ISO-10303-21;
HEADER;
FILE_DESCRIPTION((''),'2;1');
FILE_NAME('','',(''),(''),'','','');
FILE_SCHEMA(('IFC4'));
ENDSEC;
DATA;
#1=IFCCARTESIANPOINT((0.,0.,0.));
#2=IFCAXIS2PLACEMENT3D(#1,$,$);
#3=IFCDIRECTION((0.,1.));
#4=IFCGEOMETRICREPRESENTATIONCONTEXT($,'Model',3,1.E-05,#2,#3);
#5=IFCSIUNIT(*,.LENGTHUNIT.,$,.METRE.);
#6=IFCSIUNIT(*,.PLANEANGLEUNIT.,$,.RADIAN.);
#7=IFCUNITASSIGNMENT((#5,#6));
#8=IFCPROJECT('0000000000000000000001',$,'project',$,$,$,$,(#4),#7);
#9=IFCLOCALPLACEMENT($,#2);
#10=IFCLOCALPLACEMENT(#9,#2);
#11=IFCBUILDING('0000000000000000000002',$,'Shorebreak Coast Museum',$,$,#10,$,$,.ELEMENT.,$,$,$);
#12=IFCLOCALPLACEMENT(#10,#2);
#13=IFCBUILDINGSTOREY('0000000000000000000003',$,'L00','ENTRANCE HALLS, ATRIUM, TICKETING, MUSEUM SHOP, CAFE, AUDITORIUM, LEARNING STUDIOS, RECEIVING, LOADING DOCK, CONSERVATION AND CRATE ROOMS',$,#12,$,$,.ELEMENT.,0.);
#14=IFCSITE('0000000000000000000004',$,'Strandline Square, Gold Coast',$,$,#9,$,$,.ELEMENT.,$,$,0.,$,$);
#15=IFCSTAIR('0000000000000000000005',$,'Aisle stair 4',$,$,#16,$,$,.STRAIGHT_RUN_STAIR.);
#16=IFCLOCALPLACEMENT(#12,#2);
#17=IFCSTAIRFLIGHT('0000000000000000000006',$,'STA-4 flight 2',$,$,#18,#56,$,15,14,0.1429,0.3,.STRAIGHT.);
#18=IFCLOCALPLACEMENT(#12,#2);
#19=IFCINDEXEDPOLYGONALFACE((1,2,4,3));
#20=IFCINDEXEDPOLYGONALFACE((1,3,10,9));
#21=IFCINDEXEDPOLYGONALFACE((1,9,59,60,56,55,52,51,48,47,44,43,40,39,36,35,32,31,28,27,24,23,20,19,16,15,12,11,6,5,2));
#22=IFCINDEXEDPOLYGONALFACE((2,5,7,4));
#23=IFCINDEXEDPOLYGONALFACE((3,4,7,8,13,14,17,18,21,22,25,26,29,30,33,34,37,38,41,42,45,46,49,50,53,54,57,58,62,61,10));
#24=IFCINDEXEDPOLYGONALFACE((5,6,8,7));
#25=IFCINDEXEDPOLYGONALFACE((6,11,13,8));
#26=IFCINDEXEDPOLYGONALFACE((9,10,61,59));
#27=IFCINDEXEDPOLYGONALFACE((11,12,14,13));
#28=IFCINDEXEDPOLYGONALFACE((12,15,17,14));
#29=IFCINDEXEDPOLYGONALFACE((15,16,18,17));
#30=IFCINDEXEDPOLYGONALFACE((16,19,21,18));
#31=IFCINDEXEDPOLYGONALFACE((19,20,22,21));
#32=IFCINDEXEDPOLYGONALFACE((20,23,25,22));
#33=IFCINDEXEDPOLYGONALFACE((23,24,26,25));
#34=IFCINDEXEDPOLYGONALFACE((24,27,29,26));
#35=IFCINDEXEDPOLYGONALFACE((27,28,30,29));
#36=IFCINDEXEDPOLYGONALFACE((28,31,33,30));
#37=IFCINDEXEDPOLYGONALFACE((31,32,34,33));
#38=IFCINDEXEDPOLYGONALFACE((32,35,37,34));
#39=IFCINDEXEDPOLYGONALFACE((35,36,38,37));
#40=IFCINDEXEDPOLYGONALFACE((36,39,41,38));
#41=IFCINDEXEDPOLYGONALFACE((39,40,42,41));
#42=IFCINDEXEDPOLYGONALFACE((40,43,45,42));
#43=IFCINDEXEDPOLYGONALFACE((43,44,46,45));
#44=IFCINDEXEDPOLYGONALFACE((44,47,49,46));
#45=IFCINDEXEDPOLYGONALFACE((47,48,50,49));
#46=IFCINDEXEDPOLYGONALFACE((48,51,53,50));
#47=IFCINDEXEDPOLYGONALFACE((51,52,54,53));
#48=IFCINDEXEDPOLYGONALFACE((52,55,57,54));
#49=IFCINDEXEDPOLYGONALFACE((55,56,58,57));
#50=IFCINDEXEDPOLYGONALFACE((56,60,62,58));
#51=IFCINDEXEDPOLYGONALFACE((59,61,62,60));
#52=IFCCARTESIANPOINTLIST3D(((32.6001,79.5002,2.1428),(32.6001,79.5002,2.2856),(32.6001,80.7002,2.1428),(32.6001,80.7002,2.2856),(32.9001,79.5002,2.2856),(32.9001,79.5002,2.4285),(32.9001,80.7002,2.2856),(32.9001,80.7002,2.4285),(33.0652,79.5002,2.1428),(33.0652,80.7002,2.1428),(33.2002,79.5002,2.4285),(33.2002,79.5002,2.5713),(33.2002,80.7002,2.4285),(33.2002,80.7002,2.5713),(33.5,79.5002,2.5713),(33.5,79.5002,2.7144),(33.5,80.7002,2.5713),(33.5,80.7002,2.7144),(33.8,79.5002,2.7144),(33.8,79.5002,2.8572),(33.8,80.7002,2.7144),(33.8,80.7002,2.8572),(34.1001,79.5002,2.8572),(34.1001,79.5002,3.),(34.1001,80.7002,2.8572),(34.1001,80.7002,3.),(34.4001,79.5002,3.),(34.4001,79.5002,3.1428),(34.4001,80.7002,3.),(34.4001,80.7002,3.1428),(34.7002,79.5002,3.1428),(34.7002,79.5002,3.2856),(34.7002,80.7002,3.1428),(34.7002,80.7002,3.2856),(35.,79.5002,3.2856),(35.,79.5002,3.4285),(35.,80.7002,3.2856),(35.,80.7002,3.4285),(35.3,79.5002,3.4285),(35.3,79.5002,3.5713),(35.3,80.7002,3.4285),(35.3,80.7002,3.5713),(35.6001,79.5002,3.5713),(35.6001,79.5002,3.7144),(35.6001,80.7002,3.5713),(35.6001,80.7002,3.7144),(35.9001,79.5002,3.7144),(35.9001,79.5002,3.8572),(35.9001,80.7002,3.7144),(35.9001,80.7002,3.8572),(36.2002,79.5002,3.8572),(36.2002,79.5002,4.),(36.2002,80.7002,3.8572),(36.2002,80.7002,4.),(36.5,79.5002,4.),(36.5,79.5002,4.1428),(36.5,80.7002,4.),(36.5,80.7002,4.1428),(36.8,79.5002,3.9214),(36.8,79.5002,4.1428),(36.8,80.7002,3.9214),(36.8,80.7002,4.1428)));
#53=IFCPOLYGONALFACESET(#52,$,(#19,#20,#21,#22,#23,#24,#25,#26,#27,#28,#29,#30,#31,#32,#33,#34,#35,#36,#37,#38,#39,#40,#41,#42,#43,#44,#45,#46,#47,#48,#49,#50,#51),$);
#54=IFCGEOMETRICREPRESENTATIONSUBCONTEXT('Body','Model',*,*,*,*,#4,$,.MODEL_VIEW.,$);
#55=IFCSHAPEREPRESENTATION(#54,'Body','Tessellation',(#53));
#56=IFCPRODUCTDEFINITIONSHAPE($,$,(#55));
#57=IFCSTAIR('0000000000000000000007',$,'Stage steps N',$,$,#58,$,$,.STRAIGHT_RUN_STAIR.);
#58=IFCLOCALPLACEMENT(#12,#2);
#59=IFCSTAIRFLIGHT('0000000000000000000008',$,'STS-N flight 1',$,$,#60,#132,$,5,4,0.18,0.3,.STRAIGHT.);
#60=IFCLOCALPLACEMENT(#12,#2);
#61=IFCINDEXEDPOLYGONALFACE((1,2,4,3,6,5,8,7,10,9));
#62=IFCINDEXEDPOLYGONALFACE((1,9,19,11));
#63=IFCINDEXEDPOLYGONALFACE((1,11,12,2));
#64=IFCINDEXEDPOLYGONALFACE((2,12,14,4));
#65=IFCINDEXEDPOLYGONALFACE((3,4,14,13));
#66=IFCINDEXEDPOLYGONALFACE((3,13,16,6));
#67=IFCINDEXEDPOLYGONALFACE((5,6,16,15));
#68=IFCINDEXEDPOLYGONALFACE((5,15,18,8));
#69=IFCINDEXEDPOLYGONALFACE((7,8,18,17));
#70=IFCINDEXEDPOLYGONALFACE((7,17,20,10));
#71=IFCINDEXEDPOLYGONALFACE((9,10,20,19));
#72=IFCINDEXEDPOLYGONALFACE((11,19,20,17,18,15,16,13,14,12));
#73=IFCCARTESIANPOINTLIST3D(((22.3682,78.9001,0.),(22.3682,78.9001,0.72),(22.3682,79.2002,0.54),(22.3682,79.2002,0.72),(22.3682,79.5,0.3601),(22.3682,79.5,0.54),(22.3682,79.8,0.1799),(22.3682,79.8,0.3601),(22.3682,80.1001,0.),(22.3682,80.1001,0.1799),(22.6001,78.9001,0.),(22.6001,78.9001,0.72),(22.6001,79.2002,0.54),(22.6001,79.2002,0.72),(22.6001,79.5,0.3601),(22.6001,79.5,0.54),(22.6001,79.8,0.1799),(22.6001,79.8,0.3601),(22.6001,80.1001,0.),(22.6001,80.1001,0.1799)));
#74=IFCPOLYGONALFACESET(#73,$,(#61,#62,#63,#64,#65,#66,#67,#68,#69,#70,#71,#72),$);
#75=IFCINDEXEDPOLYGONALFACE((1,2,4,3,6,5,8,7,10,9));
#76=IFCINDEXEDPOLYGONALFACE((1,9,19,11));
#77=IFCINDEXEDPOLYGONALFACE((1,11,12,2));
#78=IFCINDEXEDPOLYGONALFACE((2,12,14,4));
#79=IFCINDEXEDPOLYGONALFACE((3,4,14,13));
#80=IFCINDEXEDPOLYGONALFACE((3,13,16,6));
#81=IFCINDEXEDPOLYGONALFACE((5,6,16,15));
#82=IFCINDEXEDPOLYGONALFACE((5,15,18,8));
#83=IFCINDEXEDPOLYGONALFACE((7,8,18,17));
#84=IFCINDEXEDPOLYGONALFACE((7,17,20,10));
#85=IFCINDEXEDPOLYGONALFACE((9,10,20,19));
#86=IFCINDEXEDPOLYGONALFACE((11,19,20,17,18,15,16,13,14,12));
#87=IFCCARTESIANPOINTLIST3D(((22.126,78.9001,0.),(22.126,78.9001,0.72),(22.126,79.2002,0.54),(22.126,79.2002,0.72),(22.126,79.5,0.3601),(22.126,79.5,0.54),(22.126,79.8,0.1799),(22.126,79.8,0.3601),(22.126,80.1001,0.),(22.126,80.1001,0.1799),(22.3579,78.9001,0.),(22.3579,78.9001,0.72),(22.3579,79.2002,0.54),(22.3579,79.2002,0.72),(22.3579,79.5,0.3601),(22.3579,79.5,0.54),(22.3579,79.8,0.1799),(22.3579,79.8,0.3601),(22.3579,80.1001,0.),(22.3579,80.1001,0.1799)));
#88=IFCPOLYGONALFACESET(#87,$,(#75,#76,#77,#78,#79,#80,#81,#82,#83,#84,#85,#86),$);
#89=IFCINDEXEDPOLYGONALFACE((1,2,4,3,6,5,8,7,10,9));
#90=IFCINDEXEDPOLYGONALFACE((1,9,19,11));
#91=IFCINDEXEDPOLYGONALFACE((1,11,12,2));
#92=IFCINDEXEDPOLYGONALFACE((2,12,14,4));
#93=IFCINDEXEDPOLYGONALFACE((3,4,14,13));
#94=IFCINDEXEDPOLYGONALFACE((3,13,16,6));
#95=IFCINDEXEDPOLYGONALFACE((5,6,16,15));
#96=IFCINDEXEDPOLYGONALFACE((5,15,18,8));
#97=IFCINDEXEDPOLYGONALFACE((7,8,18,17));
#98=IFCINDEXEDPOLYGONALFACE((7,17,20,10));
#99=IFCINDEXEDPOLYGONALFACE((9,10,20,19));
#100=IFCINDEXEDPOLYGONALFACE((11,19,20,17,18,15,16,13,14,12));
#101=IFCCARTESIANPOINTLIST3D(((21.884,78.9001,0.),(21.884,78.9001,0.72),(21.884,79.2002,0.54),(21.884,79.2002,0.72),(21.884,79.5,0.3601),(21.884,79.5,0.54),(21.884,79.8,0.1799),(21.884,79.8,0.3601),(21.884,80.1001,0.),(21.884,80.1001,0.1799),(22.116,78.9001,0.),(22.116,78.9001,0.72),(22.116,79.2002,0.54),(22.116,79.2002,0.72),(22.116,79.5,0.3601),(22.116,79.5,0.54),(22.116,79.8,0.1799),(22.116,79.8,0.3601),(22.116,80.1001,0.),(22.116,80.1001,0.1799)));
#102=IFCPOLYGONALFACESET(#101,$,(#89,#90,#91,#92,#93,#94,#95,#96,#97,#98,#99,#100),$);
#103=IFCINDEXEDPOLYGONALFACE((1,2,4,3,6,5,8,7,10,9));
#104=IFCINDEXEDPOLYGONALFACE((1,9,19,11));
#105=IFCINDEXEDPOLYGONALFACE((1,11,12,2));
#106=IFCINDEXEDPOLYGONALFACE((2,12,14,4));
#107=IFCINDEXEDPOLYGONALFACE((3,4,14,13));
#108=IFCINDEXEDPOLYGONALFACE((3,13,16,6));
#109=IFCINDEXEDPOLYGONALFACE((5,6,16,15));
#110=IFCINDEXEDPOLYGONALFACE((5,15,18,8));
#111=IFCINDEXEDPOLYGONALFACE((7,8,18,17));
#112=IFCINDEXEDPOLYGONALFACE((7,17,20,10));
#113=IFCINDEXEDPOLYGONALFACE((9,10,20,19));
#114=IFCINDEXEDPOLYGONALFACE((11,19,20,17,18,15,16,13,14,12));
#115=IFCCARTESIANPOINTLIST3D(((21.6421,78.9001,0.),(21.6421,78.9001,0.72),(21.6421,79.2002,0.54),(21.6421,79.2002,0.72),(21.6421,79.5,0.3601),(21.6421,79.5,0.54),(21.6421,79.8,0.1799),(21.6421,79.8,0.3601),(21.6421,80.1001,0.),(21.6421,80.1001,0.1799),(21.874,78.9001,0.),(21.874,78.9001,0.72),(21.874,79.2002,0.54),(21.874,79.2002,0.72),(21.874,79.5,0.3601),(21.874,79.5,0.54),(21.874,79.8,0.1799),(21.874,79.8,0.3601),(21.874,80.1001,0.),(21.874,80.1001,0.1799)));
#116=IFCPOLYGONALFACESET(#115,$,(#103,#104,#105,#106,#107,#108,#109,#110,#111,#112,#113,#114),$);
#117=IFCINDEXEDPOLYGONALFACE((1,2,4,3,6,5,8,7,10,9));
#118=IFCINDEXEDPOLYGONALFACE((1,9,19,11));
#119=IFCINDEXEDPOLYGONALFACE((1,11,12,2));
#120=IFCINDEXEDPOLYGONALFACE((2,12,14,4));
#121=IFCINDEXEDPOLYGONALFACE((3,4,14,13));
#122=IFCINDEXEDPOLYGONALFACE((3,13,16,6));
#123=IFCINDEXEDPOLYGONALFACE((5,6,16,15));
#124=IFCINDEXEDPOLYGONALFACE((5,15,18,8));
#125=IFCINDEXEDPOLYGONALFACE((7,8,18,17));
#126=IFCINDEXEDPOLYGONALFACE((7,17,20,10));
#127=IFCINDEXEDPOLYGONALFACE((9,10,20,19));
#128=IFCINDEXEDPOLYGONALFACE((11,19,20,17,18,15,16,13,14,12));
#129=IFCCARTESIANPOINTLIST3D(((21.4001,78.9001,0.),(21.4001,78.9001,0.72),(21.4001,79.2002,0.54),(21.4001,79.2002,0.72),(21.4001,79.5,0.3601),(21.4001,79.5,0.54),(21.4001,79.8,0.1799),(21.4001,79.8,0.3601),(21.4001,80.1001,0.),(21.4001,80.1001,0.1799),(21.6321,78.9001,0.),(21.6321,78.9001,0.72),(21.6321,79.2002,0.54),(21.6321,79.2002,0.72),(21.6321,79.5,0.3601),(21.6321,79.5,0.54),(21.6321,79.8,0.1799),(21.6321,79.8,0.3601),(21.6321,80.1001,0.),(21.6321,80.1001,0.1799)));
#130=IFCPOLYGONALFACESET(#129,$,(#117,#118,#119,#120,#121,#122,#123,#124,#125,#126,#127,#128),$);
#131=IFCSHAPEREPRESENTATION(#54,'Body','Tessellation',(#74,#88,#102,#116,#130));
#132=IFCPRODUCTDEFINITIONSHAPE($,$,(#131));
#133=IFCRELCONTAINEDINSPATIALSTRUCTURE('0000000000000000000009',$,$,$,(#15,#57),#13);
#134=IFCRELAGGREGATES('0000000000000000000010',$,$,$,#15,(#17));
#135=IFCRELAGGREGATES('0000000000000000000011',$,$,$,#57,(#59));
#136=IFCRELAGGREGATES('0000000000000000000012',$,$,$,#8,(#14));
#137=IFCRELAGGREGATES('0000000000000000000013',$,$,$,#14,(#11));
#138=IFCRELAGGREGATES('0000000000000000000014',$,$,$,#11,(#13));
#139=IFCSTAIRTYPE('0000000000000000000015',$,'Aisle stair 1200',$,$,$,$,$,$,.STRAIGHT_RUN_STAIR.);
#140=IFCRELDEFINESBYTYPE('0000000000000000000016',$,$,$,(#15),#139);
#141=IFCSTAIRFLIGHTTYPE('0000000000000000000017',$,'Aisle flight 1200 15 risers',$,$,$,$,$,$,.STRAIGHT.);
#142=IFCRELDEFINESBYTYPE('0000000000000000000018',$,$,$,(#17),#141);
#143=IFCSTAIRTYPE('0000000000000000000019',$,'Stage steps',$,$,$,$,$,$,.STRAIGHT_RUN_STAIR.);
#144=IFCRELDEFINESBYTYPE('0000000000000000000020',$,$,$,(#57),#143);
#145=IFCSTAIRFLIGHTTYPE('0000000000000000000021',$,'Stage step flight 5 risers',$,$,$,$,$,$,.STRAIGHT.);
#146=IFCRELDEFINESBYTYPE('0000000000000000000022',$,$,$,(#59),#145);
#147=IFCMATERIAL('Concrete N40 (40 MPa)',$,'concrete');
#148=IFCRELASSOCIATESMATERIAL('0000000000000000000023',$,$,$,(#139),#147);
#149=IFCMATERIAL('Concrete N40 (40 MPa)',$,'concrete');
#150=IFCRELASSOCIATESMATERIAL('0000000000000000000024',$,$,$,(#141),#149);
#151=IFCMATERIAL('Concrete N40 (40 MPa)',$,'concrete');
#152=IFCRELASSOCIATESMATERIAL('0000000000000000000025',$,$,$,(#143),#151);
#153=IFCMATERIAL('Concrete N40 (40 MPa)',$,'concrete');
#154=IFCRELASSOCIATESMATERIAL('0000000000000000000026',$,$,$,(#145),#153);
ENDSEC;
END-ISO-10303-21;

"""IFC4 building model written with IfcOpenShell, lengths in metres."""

from ifc_helpers import new_model, si_unit, direction, frame, origin, place, context, subcontext, project, spatial, polyline, outline, extrude, material, type_object, element, aggregate, save


model = new_model("IFC4")

# Units and contexts
model_context = context("Model", 3, precision=1e-05, world=origin(), true_north=direction((0.0, 1.0)))
body_context = subcontext(model_context, "Body", "Model", "MODEL_VIEW")
ifc_project = project(units=[si_unit("LENGTHUNIT", "METRE"), si_unit("PLANEANGLEUNIT", "RADIAN")], contexts=[model_context])

# Site, building, storey
site_placement = place(None, origin())
site = spatial("IfcSite", under=ifc_project, at=site_placement, Name="Strandline Square, Gold Coast", CompositionType="ELEMENT", RefElevation=0.0)
building_placement = place(site_placement, origin())
building = spatial("IfcBuilding", under=site, at=building_placement, Name="Shorebreak Coast Museum", CompositionType="ELEMENT")
storey_placement = place(building_placement, origin())
storey = spatial("IfcBuildingStorey", under=building, at=storey_placement, Name="L00", Description="ENTRANCE HALLS, ATRIUM, TICKETING, MUSEUM SHOP, CAFE, AUDITORIUM, LEARNING STUDIOS, RECEIVING, LOADING DOCK, CONSERVATION AND CRATE ROOMS", CompositionType="ELEMENT", Elevation=0.0)

# Stair, stair flight
ifc_material_1 = material(Name="Concrete N40 (40 MPa)", Category="concrete")
stair_type_1 = type_object("IfcStairType", Name="Aisle stair 1200", PredefinedType="STRAIGHT_RUN_STAIR", material=ifc_material_1)
stair_1_placement = place(storey_placement, origin())
stair_1 = element("IfcStair", 1, at=stair_1_placement, inside=storey, type_object=stair_type_1, Name="Aisle stair 4", PredefinedType="STRAIGHT_RUN_STAIR")
ifc_material_2 = material(Name="Concrete N40 (40 MPa)", Category="concrete")
stair_flight_type_1 = type_object("IfcStairFlightType", Name="Aisle flight 1200 15 risers", PredefinedType="STRAIGHT", material=ifc_material_2)
stair_flight_1_placement = place(storey_placement, frame((32.6001, 80.1001, 2.1428), z_axis=(0.0, 0.0, 1.0), x_axis=(1.0, 0.0, 0.0)))
stair_flight_1 = element("IfcStairFlight", 2, at=stair_flight_1_placement, type_object=stair_flight_type_1, Name="STA-4 flight 2", NumberOfRisers=15, NumberOfTreads=14, PredefinedType="STRAIGHT", RiserHeight=0.1429, TreadLength=0.3, context=body_context, shape_type="SweptSolid", body=[
    extrude(outline(polyline([(0.0, 0.0), (0.0, 0.1428), (0.3, 0.1428), (0.3, 0.2856), (0.6001, 0.2856), (0.6001, 0.4285), (0.8999, 0.4285), (0.8999, 0.5715), (1.2, 0.5715), (1.2, 0.7144), (1.5, 0.7144), (1.5, 0.8572), (1.8, 0.8572), (1.8, 1.0), (2.1001, 1.0), (2.1001, 1.1428), (2.3999, 1.1428), (2.3999, 1.2856), (2.7, 1.2856), (2.7, 1.4285), (3.0, 1.4285), (3.0, 1.5715), (3.3, 1.5715), (3.3, 1.7144), (3.6001, 1.7144), (3.6001, 1.8572), (3.8999, 1.8572), (3.8999, 2.0), (4.2, 2.0), (4.2, 2.1428), (4.2, 1.7786), (0.4651, 0.0), (0.0, 0.0)])), frame((0.0, 0.6001, 0.0), z_axis=(0.0, -1.0, 0.0), x_axis=(1.0, 0.0, 0.0)), (0.0, 0.0, 1.0), 1.2),
])
aggregate(stair_1, [stair_flight_1])

# Stair, stair flight
ifc_material_3 = material(Name="Concrete N40 (40 MPa)", Category="concrete")
stair_type_2 = type_object("IfcStairType", Name="Stage steps", PredefinedType="STRAIGHT_RUN_STAIR", material=ifc_material_3)
stair_2_placement = place(storey_placement, origin())
stair_2 = element("IfcStair", 3, at=stair_2_placement, inside=storey, type_object=stair_type_2, Name="Stage steps N", PredefinedType="STRAIGHT_RUN_STAIR")
ifc_material_4 = material(Name="Concrete N40 (40 MPa)", Category="concrete")
stair_flight_type_2 = type_object("IfcStairFlightType", Name="Stage step flight 5 risers", PredefinedType="STRAIGHT", material=ifc_material_4)
stair_flight_2_placement = place(storey_placement, frame((22.0, 80.1001, 0.0), z_axis=(0.0, 0.0, 1.0), x_axis=(0.0, -1.0, 0.0)))
stair_flight_2 = element("IfcStairFlight", 4, at=stair_flight_2_placement, type_object=stair_flight_type_2, Name="STS-N flight 1", NumberOfRisers=5, NumberOfTreads=4, PredefinedType="STRAIGHT", RiserHeight=0.18, TreadLength=0.3, context=body_context, shape_type="SweptSolid", body=[
    extrude(outline(polyline([(0.0, 0.0), (0.0, 0.1799), (0.3, 0.1799), (0.3, 0.3601), (0.6001, 0.3601), (0.6001, 0.54), (0.8999, 0.54), (0.8999, 0.72), (1.2, 0.72), (1.2, 0.0), (0.0, 0.0)])), frame((0.0, 0.6001, 0.0), z_axis=(0.0, -1.0, 0.0), x_axis=(1.0, 0.0, 0.0)), (0.0, 0.0, 1.0), 0.2319),
    extrude(outline(polyline([(0.0, 0.0), (0.0, 0.1799), (0.3, 0.1799), (0.3, 0.3601), (0.6001, 0.3601), (0.6001, 0.54), (0.8999, 0.54), (0.8999, 0.72), (1.2, 0.72), (1.2, 0.0), (0.0, 0.0)])), frame((0.0, 0.3579, 0.0), z_axis=(0.0, -1.0, 0.0), x_axis=(1.0, 0.0, 0.0)), (0.0, 0.0, 1.0), 0.2319),
    extrude(outline(polyline([(0.0, 0.0), (0.0, 0.1799), (0.3, 0.1799), (0.3, 0.3601), (0.6001, 0.3601), (0.6001, 0.54), (0.8999, 0.54), (0.8999, 0.72), (1.2, 0.72), (1.2, 0.0), (0.0, 0.0)])), frame((0.0, 0.116, 0.0), z_axis=(0.0, -1.0, 0.0), x_axis=(1.0, 0.0, 0.0)), (0.0, 0.0, 1.0), 0.2319),
    extrude(outline(polyline([(0.0, 0.0), (0.0, 0.1799), (0.3, 0.1799), (0.3, 0.3601), (0.6001, 0.3601), (0.6001, 0.54), (0.8999, 0.54), (0.8999, 0.72), (1.2, 0.72), (1.2, 0.0), (0.0, 0.0)])), frame((0.0, -0.126, 0.0), z_axis=(0.0, -1.0, 0.0), x_axis=(1.0, 0.0, 0.0)), (0.0, 0.0, 1.0), 0.2319),
    extrude(outline(polyline([(0.0, 0.0), (0.0, 0.1799), (0.3, 0.1799), (0.3, 0.3601), (0.6001, 0.3601), (0.6001, 0.54), (0.8999, 0.54), (0.8999, 0.72), (1.2, 0.72), (1.2, 0.0), (0.0, 0.0)])), frame((0.0, -0.3679, 0.0), z_axis=(0.0, -1.0, 0.0), x_axis=(1.0, 0.0, 0.0)), (0.0, 0.0, 1.0), 0.2319),
])
aggregate(stair_2, [stair_flight_2])

save(model, "model.ifc")
